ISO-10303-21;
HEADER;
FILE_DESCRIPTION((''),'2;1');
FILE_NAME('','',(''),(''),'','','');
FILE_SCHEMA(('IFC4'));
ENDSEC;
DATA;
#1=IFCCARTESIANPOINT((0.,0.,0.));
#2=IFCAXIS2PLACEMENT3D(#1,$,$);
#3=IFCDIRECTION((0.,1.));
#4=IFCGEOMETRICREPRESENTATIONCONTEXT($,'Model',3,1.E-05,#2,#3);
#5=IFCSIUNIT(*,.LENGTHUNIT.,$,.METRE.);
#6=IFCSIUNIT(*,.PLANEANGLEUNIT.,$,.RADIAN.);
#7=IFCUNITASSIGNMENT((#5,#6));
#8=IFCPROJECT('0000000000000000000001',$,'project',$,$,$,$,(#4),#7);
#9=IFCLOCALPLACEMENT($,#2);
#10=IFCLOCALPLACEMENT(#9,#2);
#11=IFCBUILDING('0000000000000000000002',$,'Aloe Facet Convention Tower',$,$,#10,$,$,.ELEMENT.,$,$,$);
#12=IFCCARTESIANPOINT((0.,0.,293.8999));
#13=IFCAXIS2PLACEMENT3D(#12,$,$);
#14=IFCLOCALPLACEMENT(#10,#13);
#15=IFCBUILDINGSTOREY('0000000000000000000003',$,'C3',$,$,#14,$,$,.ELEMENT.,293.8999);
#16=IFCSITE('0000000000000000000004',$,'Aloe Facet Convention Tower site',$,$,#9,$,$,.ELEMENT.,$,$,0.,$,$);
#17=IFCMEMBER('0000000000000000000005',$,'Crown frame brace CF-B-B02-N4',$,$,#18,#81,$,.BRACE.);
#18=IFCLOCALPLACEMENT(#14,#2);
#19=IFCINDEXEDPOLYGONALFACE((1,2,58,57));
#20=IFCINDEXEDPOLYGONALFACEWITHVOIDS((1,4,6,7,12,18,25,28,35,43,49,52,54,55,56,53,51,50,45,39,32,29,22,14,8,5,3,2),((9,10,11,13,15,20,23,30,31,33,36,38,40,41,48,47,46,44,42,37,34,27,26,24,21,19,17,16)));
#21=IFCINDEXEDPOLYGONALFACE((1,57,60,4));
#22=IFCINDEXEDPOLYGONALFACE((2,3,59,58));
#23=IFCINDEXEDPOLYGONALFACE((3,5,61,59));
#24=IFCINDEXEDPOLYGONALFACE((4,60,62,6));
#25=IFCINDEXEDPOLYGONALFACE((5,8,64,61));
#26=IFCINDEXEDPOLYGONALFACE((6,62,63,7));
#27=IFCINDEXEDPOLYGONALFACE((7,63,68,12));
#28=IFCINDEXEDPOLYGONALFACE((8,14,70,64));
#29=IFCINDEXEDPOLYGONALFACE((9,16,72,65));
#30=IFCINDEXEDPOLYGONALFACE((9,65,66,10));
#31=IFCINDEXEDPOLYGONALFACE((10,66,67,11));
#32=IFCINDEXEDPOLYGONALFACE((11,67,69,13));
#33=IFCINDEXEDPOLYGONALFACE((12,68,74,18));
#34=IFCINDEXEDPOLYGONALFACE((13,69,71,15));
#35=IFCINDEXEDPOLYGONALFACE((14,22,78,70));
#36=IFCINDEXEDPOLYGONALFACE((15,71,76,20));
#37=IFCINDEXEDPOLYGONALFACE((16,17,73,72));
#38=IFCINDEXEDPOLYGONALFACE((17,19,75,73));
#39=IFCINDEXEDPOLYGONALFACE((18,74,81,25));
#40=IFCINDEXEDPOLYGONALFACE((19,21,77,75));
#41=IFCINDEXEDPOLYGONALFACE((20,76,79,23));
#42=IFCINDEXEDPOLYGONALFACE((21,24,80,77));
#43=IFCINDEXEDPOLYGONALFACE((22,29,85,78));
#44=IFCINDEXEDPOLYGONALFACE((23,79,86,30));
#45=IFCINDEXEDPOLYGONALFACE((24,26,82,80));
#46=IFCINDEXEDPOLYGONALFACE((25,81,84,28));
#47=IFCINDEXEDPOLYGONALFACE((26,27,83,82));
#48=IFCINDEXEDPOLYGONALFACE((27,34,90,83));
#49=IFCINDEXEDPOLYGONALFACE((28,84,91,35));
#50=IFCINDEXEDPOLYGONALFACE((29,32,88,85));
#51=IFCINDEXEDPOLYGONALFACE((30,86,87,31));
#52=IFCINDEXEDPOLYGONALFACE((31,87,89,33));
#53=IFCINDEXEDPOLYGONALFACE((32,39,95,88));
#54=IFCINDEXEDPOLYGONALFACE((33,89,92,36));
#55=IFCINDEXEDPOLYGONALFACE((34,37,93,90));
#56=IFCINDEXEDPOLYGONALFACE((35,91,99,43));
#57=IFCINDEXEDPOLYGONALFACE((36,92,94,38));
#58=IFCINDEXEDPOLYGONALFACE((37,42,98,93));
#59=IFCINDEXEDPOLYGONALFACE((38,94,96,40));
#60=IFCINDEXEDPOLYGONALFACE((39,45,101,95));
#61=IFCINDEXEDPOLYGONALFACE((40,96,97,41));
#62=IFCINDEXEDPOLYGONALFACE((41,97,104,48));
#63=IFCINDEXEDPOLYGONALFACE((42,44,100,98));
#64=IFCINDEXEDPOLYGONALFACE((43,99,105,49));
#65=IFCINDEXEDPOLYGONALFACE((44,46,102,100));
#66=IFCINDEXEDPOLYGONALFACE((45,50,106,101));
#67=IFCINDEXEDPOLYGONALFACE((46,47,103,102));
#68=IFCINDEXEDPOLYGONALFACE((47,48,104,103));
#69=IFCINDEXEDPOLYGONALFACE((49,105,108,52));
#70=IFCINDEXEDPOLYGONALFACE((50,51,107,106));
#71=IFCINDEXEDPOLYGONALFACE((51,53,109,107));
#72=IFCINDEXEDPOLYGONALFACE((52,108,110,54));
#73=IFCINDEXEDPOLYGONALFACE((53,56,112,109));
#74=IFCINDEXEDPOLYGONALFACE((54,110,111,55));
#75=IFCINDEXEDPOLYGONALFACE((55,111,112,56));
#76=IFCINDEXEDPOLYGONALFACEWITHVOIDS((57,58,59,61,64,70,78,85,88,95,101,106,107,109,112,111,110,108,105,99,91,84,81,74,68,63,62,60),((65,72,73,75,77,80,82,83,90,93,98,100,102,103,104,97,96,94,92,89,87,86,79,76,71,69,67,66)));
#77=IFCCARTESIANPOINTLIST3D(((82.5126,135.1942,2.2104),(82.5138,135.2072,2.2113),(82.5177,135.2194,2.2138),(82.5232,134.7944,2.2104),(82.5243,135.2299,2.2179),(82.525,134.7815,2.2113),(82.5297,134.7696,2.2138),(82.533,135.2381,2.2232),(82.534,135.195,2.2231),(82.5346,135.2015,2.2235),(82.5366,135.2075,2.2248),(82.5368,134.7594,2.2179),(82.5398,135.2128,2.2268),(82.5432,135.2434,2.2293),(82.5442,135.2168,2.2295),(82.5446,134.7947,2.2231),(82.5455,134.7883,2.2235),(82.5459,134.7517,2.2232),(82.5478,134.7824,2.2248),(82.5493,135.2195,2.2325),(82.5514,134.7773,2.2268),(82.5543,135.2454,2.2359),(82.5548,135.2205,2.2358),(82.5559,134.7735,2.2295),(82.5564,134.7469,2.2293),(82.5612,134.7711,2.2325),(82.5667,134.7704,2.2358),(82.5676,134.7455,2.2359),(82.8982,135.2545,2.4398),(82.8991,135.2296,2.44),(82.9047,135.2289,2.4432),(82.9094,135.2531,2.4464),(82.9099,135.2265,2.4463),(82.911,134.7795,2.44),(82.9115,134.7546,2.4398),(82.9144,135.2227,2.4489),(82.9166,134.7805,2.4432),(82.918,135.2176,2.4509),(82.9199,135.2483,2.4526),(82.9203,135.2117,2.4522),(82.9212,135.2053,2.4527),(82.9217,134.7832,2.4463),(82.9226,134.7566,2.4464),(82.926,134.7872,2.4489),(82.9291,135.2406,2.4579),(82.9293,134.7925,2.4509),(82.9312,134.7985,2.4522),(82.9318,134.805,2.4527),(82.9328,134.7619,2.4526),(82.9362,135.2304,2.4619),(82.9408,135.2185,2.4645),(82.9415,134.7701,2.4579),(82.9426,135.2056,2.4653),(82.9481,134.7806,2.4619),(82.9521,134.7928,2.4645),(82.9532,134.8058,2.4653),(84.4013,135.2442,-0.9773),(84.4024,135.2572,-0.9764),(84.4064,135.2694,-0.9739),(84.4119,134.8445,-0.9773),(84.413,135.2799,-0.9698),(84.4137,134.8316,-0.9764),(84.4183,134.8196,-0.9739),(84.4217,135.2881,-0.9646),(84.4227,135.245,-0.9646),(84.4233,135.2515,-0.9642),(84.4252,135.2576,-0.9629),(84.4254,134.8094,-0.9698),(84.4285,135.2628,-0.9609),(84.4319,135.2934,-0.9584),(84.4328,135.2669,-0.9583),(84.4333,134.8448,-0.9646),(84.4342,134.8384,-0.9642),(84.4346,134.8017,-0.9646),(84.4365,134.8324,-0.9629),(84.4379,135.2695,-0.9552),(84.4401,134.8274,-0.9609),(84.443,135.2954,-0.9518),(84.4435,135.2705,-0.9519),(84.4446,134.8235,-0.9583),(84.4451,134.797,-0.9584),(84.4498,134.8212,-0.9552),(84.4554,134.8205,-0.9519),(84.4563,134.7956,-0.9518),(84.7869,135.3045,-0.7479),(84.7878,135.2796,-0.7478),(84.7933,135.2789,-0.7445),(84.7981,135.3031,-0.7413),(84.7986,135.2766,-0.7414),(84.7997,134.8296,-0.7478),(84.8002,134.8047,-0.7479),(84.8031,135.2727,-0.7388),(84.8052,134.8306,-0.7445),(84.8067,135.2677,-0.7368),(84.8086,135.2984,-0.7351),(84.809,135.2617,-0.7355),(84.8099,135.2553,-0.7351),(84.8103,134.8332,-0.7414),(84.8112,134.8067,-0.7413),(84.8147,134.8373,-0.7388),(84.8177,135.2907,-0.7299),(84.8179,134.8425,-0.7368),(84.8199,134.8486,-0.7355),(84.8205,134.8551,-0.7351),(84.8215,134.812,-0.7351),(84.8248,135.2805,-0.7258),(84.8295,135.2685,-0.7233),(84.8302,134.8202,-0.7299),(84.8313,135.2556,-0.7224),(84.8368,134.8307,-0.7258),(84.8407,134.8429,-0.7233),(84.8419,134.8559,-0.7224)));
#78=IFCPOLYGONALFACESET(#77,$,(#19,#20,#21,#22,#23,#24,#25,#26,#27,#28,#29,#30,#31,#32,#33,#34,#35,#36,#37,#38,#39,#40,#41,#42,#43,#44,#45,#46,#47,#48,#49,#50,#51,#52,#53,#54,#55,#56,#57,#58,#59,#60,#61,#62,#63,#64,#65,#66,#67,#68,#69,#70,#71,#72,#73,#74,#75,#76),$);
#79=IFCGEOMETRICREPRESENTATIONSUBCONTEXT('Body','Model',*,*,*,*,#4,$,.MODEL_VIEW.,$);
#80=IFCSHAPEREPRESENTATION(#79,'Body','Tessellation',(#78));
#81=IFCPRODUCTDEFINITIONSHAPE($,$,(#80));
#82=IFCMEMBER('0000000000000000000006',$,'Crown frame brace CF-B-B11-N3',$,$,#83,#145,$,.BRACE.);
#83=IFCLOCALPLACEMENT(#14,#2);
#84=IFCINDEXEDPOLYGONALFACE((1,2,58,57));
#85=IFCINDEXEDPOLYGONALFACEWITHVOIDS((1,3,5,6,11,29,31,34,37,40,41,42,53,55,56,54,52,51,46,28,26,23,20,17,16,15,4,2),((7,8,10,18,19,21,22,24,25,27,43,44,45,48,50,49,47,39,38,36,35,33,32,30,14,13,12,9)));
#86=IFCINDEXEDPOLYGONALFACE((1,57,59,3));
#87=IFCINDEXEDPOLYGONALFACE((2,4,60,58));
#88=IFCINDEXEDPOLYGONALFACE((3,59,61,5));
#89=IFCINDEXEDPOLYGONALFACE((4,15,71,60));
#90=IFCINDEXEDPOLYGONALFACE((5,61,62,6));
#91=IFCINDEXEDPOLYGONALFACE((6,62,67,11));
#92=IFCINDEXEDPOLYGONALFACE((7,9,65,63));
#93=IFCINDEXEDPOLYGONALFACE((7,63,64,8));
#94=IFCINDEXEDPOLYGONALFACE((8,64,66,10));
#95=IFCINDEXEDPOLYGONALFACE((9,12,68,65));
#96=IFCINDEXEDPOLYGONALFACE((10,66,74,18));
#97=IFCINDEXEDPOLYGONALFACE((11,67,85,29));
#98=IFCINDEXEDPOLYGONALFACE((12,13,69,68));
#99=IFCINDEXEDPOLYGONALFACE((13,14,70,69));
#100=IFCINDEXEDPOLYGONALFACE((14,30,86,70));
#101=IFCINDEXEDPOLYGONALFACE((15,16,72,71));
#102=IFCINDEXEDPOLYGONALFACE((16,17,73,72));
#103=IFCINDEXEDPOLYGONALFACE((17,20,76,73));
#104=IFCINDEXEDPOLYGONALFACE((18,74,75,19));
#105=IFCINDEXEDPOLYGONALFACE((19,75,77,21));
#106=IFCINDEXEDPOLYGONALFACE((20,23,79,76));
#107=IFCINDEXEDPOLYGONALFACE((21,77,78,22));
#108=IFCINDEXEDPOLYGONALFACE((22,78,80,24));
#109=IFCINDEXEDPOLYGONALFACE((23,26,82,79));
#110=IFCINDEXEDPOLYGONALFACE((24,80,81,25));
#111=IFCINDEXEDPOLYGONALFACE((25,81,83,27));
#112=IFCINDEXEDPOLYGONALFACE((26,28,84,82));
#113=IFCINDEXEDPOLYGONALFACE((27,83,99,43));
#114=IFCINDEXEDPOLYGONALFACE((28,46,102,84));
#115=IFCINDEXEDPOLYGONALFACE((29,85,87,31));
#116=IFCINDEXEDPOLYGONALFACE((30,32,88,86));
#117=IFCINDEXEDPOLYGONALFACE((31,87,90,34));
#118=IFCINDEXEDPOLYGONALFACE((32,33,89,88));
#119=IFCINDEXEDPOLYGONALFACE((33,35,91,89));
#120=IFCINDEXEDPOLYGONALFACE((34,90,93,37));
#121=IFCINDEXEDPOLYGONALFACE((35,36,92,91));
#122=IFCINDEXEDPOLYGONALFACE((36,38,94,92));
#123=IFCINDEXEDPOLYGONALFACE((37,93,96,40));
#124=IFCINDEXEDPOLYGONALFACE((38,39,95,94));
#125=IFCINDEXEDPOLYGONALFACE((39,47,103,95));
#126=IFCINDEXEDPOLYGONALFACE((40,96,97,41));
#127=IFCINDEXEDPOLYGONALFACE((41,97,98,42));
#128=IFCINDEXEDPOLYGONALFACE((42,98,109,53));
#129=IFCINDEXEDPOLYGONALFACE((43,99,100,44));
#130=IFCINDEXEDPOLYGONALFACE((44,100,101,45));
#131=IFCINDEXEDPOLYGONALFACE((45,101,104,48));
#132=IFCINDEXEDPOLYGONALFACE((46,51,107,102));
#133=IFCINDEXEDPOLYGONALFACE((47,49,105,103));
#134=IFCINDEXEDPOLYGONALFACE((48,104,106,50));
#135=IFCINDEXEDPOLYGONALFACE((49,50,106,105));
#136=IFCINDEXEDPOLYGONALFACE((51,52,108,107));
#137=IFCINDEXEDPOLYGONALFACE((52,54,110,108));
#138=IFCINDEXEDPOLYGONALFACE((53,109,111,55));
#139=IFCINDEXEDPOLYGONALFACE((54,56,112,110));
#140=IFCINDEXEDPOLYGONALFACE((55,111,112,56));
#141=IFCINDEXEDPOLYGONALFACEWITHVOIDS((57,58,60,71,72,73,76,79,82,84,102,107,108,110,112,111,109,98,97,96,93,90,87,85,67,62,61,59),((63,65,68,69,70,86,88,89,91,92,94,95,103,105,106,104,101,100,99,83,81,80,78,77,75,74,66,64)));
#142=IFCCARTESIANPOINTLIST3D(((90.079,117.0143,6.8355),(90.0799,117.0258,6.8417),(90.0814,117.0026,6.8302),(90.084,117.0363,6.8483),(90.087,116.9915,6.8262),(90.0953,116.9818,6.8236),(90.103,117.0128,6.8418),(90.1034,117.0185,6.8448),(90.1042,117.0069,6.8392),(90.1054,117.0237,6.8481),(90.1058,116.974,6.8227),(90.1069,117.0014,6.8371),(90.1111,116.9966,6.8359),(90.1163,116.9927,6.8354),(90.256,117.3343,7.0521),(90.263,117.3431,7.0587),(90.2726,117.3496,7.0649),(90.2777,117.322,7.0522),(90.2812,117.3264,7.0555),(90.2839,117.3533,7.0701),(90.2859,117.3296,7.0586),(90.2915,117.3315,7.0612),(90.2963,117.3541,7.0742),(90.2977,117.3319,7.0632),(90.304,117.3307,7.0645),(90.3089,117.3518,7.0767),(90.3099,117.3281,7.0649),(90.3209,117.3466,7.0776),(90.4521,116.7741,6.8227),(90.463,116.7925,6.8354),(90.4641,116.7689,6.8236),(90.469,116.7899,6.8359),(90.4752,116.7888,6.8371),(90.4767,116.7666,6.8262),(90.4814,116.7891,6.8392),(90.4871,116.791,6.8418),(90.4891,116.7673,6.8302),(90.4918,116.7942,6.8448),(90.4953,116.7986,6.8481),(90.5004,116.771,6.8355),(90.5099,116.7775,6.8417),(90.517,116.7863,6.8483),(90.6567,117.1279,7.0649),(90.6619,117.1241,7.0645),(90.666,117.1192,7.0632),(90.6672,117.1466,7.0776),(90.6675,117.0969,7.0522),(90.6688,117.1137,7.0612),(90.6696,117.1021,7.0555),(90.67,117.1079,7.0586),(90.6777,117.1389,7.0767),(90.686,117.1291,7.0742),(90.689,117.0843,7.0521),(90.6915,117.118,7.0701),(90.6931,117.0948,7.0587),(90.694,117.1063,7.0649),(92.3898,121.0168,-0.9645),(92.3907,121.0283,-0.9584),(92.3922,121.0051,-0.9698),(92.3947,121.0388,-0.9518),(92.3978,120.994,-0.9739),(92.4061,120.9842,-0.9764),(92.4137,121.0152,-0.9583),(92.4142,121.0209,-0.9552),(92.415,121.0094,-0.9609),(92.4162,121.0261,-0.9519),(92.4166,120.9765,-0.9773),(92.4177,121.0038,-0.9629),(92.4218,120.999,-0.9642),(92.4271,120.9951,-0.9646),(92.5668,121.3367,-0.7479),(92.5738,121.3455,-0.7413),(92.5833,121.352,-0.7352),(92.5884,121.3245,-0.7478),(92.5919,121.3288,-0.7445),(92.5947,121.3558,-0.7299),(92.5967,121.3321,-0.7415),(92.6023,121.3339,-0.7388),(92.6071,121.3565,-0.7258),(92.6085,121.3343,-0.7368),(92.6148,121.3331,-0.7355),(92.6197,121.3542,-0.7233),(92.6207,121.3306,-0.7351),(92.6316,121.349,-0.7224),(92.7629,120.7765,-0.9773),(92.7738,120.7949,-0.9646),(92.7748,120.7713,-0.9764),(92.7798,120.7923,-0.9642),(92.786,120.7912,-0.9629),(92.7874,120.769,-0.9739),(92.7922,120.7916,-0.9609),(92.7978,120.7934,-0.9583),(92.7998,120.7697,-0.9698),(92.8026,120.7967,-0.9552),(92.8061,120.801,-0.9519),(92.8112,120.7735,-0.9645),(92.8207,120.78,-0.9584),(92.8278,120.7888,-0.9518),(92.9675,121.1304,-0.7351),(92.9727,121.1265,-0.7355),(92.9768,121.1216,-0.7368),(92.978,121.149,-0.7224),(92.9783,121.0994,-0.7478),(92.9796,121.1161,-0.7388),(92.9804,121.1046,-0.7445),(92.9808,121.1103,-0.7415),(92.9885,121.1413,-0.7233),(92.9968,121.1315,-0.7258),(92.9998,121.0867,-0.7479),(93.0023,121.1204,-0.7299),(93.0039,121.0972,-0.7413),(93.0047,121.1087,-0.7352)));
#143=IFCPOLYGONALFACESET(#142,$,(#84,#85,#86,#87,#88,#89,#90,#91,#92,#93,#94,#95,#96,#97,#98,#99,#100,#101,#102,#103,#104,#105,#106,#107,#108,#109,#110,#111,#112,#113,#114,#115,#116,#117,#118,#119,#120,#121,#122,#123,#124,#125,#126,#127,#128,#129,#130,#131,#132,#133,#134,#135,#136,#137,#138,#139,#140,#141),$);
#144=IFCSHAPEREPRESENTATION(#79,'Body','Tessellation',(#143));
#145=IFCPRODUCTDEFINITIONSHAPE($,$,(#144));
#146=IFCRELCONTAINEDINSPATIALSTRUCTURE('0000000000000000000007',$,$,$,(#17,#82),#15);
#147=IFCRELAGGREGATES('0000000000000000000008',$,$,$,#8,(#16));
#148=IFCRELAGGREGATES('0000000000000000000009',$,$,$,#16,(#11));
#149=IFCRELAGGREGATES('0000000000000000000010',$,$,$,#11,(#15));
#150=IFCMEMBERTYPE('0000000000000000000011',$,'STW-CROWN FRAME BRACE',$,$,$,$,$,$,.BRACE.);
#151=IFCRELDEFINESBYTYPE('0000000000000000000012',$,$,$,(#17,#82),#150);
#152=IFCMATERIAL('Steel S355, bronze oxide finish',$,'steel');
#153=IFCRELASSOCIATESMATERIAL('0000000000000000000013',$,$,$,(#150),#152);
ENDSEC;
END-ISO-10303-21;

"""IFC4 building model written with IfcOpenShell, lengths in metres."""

from ifc_helpers import new_model, si_unit, direction, frame, origin, origin_2d, place, context, subcontext, project, spatial, hollow_rectangle, extrude, material, material_profile, profile_set, type_object, element, save


model = new_model("IFC4")

# Units and contexts
model_context = context("Model", 3, precision=1e-05, world=origin(), true_north=direction((0.0, 1.0)))
body_context = subcontext(model_context, "Body", "Model", "MODEL_VIEW")
ifc_project = project(units=[si_unit("LENGTHUNIT", "METRE"), si_unit("PLANEANGLEUNIT", "RADIAN")], contexts=[model_context])

# Site, building, storey
site_placement = place(None, origin())
site = spatial("IfcSite", under=ifc_project, at=site_placement, Name="Aloe Facet Convention Tower site", CompositionType="ELEMENT", RefElevation=0.0)
building_placement = place(site_placement, origin())
building = spatial("IfcBuilding", under=site, at=building_placement, Name="Aloe Facet Convention Tower", CompositionType="ELEMENT")
storey_placement = place(building_placement, frame((0.0, 0.0, 293.8999)))
storey = spatial("IfcBuildingStorey", under=building, at=storey_placement, Name="C3", CompositionType="ELEMENT", Elevation=293.8999)

# Members
ifc_material_1 = material(Name="Steel S355, bronze oxide finish", Category="steel")
ifc_material_profile_1 = material_profile(ifc_material_1, hollow_rectangle(XDim=0.5, YDim=0.5, WallThickness=0.0249, InnerFilletRadius=0.0249, OuterFilletRadius=0.05, at=origin_2d()), Name="SHS 500x500x25")
ifc_profile_set_1 = profile_set([ifc_material_profile_1], Name="Steel S355, bronze oxide finish")
member_type_1 = type_object("IfcMemberType", Name="STW-CROWN FRAME BRACE", PredefinedType="BRACE", material=ifc_profile_set_1)
member_1_placement = place(storey_placement, frame((84.6216, 135.05, -0.8499), z_axis=(-0.509684, -0.013506, 0.860256), x_axis=(0.02649, -0.999649, 0.0)))
element("IfcMember", 1, at=member_1_placement, inside=storey, type_object=member_type_1, Name="Crown frame brace CF-B-B02-N4", PredefinedType="BRACE", context=body_context, shape_type="SweptSolid", body=[
    extrude(hollow_rectangle(XDim=0.5, YDim=0.5, WallThickness=0.0249, InnerFilletRadius=0.0249, OuterFilletRadius=0.05, at=origin_2d()), origin(), (0.0, 0.0, 1.0), 3.7056),
])
member_2_placement = place(storey_placement, frame((92.6973, 121.0627, -0.8499), z_axis=(-0.254873, -0.441458, 0.860322), x_axis=(0.866027, -0.499997, 0.0)))
element("IfcMember", 2, at=member_2_placement, inside=storey, type_object=member_type_1, Name="Crown frame brace CF-B-B11-N3", PredefinedType="BRACE", context=body_context, shape_type="SweptSolid", body=[
    extrude(hollow_rectangle(XDim=0.5, YDim=0.5, WallThickness=0.0249, InnerFilletRadius=0.0249, OuterFilletRadius=0.05, at=origin_2d()), origin(), (0.0, 0.0, 1.0), 9.0664),
])

save(model, "model.ifc")
